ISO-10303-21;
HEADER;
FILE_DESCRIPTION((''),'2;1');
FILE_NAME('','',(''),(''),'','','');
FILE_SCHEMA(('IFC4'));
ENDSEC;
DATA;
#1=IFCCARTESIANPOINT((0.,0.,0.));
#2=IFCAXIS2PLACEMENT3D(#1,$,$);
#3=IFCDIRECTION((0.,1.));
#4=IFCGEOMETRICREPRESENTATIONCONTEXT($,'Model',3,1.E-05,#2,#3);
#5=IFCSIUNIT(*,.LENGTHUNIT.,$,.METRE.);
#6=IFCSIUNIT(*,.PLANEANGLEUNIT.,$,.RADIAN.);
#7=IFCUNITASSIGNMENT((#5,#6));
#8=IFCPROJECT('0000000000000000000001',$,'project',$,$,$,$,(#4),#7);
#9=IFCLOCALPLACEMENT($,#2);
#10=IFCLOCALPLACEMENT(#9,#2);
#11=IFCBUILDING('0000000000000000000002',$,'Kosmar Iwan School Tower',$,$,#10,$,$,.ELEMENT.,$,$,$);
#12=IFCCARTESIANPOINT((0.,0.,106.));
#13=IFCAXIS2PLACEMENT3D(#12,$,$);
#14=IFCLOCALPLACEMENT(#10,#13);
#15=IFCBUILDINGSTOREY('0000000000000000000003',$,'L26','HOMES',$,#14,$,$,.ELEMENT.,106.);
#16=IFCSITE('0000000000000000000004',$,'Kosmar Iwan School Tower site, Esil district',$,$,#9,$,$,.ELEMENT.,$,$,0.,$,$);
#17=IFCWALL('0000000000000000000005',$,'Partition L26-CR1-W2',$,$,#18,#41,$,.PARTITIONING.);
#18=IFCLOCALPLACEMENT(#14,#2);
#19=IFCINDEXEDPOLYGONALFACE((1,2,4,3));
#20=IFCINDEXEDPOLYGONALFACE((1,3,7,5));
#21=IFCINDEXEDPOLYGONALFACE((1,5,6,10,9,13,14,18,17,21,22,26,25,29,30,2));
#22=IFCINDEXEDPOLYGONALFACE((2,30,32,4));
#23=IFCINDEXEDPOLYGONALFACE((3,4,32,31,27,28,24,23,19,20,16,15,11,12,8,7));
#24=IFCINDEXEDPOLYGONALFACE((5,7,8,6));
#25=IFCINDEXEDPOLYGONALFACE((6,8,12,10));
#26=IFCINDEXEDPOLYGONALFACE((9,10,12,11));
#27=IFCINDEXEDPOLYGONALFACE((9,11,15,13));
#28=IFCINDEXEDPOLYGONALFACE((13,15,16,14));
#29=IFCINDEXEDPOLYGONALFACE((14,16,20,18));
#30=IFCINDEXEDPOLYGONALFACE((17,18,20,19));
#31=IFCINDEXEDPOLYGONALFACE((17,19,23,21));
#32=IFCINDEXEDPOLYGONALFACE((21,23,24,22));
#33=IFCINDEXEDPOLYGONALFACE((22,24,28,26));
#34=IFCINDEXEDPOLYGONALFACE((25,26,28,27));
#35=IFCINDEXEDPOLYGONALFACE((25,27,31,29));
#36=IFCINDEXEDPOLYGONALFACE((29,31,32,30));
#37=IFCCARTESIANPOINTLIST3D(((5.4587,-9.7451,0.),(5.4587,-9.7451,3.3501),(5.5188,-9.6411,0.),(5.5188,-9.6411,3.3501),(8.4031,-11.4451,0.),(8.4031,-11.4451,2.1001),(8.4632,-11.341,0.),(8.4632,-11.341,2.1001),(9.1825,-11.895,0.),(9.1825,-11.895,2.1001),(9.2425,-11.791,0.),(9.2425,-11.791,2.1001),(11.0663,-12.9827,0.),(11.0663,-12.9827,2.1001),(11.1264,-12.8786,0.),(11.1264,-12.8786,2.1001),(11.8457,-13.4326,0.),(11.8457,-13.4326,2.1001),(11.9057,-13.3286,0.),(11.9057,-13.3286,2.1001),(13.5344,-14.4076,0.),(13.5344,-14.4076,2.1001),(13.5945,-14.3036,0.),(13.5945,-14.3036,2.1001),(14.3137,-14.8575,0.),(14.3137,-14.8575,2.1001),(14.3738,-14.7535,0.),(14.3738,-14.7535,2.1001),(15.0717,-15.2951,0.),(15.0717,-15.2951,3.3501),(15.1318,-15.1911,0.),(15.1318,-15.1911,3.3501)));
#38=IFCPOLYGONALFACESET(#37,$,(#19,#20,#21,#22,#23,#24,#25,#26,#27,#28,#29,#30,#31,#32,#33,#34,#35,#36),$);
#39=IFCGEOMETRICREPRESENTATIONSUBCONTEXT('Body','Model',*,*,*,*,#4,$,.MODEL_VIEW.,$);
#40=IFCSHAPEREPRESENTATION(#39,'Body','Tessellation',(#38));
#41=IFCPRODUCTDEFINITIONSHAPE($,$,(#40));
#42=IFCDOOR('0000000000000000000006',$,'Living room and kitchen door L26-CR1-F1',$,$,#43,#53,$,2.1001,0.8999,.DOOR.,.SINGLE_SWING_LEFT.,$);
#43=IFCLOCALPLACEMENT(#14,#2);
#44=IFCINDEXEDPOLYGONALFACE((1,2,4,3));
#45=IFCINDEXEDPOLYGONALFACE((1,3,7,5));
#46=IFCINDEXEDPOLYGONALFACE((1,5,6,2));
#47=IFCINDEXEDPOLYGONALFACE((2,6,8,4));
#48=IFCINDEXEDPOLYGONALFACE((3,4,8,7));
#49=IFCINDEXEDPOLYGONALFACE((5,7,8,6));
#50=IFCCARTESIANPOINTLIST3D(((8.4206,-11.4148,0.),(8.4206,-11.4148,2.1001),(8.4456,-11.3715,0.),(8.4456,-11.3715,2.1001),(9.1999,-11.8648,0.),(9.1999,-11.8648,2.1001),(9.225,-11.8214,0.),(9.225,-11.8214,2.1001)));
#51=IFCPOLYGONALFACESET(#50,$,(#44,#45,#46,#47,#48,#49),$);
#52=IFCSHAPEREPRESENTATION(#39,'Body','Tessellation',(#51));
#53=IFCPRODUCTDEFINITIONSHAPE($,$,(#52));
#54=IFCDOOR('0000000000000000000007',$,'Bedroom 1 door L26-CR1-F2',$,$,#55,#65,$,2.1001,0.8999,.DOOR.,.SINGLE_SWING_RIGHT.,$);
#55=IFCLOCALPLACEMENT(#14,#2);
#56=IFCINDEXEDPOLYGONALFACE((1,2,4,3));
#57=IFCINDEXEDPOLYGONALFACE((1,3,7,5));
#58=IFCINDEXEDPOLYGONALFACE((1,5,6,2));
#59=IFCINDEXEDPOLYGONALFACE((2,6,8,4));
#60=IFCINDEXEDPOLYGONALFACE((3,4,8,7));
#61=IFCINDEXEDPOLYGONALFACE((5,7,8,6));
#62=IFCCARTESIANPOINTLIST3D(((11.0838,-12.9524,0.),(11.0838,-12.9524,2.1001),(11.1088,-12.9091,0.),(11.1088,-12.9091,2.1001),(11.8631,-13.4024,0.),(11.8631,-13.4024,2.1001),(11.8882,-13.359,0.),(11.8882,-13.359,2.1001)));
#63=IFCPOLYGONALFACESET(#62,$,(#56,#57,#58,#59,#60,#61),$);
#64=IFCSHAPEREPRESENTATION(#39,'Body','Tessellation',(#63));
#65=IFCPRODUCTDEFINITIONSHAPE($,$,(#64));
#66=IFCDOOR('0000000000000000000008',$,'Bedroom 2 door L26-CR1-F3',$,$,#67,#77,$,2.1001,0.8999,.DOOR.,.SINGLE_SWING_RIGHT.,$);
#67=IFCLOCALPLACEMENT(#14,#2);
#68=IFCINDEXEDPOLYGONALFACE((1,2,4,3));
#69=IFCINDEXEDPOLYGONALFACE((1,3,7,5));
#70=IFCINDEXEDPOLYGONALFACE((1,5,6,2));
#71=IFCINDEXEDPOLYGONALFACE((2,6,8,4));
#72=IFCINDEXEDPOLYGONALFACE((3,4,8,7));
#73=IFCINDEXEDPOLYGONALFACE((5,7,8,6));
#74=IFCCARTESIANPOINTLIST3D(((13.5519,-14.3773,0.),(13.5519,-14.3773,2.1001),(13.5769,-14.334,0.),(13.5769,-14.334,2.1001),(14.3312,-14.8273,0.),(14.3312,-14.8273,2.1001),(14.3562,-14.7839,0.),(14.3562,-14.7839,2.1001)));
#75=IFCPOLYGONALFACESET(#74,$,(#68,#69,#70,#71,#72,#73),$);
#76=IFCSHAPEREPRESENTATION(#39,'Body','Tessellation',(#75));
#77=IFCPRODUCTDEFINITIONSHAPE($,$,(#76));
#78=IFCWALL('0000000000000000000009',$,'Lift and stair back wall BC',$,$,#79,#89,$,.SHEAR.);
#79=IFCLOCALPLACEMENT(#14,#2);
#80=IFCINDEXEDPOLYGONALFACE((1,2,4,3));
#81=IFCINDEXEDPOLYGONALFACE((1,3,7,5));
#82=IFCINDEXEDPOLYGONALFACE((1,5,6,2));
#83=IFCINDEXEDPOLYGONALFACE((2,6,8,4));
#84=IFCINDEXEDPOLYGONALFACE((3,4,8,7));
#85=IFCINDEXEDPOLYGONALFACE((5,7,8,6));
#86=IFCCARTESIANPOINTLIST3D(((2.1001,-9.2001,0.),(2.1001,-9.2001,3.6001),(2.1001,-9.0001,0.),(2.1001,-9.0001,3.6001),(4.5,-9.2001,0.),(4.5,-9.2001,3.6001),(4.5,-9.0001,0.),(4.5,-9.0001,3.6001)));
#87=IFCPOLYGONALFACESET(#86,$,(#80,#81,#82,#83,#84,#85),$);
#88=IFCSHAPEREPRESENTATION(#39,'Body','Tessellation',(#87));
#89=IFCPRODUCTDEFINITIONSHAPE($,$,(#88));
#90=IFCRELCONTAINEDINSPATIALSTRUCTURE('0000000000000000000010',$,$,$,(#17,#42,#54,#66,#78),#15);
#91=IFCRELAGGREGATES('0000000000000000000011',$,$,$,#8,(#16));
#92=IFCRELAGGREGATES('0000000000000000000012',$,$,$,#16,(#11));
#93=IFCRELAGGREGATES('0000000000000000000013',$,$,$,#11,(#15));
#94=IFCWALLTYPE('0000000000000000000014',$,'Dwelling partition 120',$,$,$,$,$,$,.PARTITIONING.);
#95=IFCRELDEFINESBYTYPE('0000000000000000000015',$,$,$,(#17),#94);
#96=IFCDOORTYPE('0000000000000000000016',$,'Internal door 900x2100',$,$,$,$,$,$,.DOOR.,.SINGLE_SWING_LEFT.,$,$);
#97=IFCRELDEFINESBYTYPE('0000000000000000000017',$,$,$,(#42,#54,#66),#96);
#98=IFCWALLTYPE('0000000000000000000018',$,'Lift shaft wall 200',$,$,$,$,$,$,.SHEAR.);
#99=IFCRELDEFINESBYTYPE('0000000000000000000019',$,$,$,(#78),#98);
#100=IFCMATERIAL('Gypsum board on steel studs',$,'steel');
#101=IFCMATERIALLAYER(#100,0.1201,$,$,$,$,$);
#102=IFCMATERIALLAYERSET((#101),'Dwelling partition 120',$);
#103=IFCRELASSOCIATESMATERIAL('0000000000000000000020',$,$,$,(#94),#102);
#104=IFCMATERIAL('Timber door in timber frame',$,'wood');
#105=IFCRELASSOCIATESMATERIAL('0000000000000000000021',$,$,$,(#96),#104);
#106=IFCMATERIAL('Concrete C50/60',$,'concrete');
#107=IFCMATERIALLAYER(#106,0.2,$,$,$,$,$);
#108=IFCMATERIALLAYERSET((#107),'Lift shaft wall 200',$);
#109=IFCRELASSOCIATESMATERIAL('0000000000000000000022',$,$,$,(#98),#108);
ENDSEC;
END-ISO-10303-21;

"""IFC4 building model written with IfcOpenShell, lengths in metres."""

from ifc_helpers import new_model, si_unit, direction, frame, frame_2d, origin, place, context, subcontext, project, spatial, rectangle, extrude, material, layer, layer_set, type_object, element, fill, save


model = new_model("IFC4")

# Units and contexts
model_context = context("Model", 3, precision=1e-05, world=origin(), true_north=direction((0.0, 1.0)))
body_context = subcontext(model_context, "Body", "Model", "MODEL_VIEW")
ifc_project = project(units=[si_unit("LENGTHUNIT", "METRE"), si_unit("PLANEANGLEUNIT", "RADIAN")], contexts=[model_context])

# Site, building, storey
site_placement = place(None, origin())
site = spatial("IfcSite", under=ifc_project, at=site_placement, Name="Kosmar Iwan School Tower site, Esil district", CompositionType="ELEMENT", RefElevation=0.0)
building_placement = place(site_placement, origin())
building = spatial("IfcBuilding", under=site, at=building_placement, Name="Kosmar Iwan School Tower", CompositionType="ELEMENT")
storey_placement = place(building_placement, frame((0.0, 0.0, 106.0)))
storey = spatial("IfcBuildingStorey", under=building, at=storey_placement, Name="L26", Description="HOMES", CompositionType="ELEMENT", Elevation=106.0)

# Wall, openings, doors
ifc_material_1 = material(Name="Gypsum board on steel studs", Category="steel")
ifc_layer_1 = layer(ifc_material_1, 0.1201)
ifc_layer_set_1 = layer_set([ifc_layer_1], Name="Dwelling partition 120")
wall_type_1 = type_object("IfcWallType", Name="Dwelling partition 120", PredefinedType="PARTITIONING", material=ifc_layer_set_1)
wall_1_placement = place(storey_placement, frame((5.4888, -9.6931, 0.0), z_axis=(0.0, 0.0, 1.0), x_axis=(0.866027, -0.499997, 0.0)))
wall_1 = element("IfcWall", 1, at=wall_1_placement, inside=storey, type_object=wall_type_1, Name="Partition L26-CR1-W2", PredefinedType="PARTITIONING", context=body_context, shape_type="SweptSolid", body=[
    extrude(rectangle(XDim=11.1001, YDim=0.1201, at=frame_2d((5.55, 0.0))), origin(), (0.0, 0.0, 1.0), 3.3501),
])
opening_1_placement = place(wall_1_placement, frame((3.3999, 0.0, 0.0)))
opening_1 = element("IfcOpeningElement", 2, at=opening_1_placement, cuts=wall_1, PredefinedType="OPENING", context=body_context, shape_type="SweptSolid", body=[
    extrude(rectangle(XDim=0.8999, YDim=2.1001, at=frame_2d((0.45, 1.05))), frame((0.0, 0.072, 0.0), z_axis=(0.0, -1.0, 0.0), x_axis=(1.0, 0.0, 0.0)), (0.0, 0.0, 1.0), 0.144),
])
opening_2_placement = place(wall_1_placement, frame((6.4751, 0.0, 0.0)))
opening_2 = element("IfcOpeningElement", 3, at=opening_2_placement, cuts=wall_1, PredefinedType="OPENING", context=body_context, shape_type="SweptSolid", body=[
    extrude(rectangle(XDim=0.8999, YDim=2.1001, at=frame_2d((0.45, 1.05))), frame((0.0, 0.072, 0.0), z_axis=(0.0, -1.0, 0.0), x_axis=(1.0, 0.0, 0.0)), (0.0, 0.0, 1.0), 0.144),
])
opening_3_placement = place(wall_1_placement, frame((9.325, 0.0, 0.0)))
opening_3 = element("IfcOpeningElement", 4, at=opening_3_placement, cuts=wall_1, PredefinedType="OPENING", context=body_context, shape_type="SweptSolid", body=[
    extrude(rectangle(XDim=0.8999, YDim=2.1001, at=frame_2d((0.45, 1.05))), frame((0.0, 0.072, 0.0), z_axis=(0.0, -1.0, 0.0), x_axis=(1.0, 0.0, 0.0)), (0.0, 0.0, 1.0), 0.144),
])
ifc_material_2 = material(Name="Timber door in timber frame", Category="wood")
door_type = type_object("IfcDoorType", Name="Internal door 900x2100", OperationType="SINGLE_SWING_LEFT", PredefinedType="DOOR", material=ifc_material_2)
door_1_placement = place(opening_1_placement, origin())
door_1 = element("IfcDoor", 5, at=door_1_placement, inside=storey, type_object=door_type, Name="Living room and kitchen door L26-CR1-F1", OperationType="SINGLE_SWING_LEFT", OverallHeight=2.1001, OverallWidth=0.8999, PredefinedType="DOOR", context=body_context, shape_type="SweptSolid", body=[
    extrude(rectangle(XDim=0.8999, YDim=2.1001, at=frame_2d((0.45, 1.05))), frame((0.0, 0.0249, 0.0), z_axis=(0.0, -1.0, 0.0), x_axis=(1.0, 0.0, 0.0)), (0.0, 0.0, 1.0), 0.05),
])
fill(opening_1, door_1)
door_2_placement = place(opening_2_placement, origin())
door_2 = element("IfcDoor", 6, at=door_2_placement, inside=storey, type_object=door_type, Name="Bedroom 1 door L26-CR1-F2", OperationType="SINGLE_SWING_RIGHT", OverallHeight=2.1001, OverallWidth=0.8999, PredefinedType="DOOR", context=body_context, shape_type="SweptSolid", body=[
    extrude(rectangle(XDim=0.8999, YDim=2.1001, at=frame_2d((0.45, 1.05))), frame((0.0, 0.0249, 0.0), z_axis=(0.0, -1.0, 0.0), x_axis=(1.0, 0.0, 0.0)), (0.0, 0.0, 1.0), 0.05),
])
fill(opening_2, door_2)
door_3_placement = place(opening_3_placement, origin())
door_3 = element("IfcDoor", 7, at=door_3_placement, inside=storey, type_object=door_type, Name="Bedroom 2 door L26-CR1-F3", OperationType="SINGLE_SWING_RIGHT", OverallHeight=2.1001, OverallWidth=0.8999, PredefinedType="DOOR", context=body_context, shape_type="SweptSolid", body=[
    extrude(rectangle(XDim=0.8999, YDim=2.1001, at=frame_2d((0.45, 1.05))), frame((0.0, 0.0249, 0.0), z_axis=(0.0, -1.0, 0.0), x_axis=(1.0, 0.0, 0.0)), (0.0, 0.0, 1.0), 0.05),
])
fill(opening_3, door_3)

# Wall
ifc_material_3 = material(Name="Concrete C50/60", Category="concrete")
ifc_layer_2 = layer(ifc_material_3, 0.2)
ifc_layer_set_2 = layer_set([ifc_layer_2], Name="Lift shaft wall 200")
wall_type_2 = type_object("IfcWallType", Name="Lift shaft wall 200", PredefinedType="SHEAR", material=ifc_layer_set_2)
wall_2_placement = place(storey_placement, frame((2.1001, -9.1001, 0.0), z_axis=(0.0, 0.0, 1.0), x_axis=(1.0, 0.0, 0.0)))
element("IfcWall", 8, at=wall_2_placement, inside=storey, type_object=wall_type_2, Name="Lift and stair back wall BC", PredefinedType="SHEAR", context=body_context, shape_type="SweptSolid", body=[
    extrude(rectangle(XDim=2.3999, YDim=0.2, at=frame_2d((1.2, 0.0))), origin(), (0.0, 0.0, 1.0), 3.6001),
])

save(model, "model.ifc")
